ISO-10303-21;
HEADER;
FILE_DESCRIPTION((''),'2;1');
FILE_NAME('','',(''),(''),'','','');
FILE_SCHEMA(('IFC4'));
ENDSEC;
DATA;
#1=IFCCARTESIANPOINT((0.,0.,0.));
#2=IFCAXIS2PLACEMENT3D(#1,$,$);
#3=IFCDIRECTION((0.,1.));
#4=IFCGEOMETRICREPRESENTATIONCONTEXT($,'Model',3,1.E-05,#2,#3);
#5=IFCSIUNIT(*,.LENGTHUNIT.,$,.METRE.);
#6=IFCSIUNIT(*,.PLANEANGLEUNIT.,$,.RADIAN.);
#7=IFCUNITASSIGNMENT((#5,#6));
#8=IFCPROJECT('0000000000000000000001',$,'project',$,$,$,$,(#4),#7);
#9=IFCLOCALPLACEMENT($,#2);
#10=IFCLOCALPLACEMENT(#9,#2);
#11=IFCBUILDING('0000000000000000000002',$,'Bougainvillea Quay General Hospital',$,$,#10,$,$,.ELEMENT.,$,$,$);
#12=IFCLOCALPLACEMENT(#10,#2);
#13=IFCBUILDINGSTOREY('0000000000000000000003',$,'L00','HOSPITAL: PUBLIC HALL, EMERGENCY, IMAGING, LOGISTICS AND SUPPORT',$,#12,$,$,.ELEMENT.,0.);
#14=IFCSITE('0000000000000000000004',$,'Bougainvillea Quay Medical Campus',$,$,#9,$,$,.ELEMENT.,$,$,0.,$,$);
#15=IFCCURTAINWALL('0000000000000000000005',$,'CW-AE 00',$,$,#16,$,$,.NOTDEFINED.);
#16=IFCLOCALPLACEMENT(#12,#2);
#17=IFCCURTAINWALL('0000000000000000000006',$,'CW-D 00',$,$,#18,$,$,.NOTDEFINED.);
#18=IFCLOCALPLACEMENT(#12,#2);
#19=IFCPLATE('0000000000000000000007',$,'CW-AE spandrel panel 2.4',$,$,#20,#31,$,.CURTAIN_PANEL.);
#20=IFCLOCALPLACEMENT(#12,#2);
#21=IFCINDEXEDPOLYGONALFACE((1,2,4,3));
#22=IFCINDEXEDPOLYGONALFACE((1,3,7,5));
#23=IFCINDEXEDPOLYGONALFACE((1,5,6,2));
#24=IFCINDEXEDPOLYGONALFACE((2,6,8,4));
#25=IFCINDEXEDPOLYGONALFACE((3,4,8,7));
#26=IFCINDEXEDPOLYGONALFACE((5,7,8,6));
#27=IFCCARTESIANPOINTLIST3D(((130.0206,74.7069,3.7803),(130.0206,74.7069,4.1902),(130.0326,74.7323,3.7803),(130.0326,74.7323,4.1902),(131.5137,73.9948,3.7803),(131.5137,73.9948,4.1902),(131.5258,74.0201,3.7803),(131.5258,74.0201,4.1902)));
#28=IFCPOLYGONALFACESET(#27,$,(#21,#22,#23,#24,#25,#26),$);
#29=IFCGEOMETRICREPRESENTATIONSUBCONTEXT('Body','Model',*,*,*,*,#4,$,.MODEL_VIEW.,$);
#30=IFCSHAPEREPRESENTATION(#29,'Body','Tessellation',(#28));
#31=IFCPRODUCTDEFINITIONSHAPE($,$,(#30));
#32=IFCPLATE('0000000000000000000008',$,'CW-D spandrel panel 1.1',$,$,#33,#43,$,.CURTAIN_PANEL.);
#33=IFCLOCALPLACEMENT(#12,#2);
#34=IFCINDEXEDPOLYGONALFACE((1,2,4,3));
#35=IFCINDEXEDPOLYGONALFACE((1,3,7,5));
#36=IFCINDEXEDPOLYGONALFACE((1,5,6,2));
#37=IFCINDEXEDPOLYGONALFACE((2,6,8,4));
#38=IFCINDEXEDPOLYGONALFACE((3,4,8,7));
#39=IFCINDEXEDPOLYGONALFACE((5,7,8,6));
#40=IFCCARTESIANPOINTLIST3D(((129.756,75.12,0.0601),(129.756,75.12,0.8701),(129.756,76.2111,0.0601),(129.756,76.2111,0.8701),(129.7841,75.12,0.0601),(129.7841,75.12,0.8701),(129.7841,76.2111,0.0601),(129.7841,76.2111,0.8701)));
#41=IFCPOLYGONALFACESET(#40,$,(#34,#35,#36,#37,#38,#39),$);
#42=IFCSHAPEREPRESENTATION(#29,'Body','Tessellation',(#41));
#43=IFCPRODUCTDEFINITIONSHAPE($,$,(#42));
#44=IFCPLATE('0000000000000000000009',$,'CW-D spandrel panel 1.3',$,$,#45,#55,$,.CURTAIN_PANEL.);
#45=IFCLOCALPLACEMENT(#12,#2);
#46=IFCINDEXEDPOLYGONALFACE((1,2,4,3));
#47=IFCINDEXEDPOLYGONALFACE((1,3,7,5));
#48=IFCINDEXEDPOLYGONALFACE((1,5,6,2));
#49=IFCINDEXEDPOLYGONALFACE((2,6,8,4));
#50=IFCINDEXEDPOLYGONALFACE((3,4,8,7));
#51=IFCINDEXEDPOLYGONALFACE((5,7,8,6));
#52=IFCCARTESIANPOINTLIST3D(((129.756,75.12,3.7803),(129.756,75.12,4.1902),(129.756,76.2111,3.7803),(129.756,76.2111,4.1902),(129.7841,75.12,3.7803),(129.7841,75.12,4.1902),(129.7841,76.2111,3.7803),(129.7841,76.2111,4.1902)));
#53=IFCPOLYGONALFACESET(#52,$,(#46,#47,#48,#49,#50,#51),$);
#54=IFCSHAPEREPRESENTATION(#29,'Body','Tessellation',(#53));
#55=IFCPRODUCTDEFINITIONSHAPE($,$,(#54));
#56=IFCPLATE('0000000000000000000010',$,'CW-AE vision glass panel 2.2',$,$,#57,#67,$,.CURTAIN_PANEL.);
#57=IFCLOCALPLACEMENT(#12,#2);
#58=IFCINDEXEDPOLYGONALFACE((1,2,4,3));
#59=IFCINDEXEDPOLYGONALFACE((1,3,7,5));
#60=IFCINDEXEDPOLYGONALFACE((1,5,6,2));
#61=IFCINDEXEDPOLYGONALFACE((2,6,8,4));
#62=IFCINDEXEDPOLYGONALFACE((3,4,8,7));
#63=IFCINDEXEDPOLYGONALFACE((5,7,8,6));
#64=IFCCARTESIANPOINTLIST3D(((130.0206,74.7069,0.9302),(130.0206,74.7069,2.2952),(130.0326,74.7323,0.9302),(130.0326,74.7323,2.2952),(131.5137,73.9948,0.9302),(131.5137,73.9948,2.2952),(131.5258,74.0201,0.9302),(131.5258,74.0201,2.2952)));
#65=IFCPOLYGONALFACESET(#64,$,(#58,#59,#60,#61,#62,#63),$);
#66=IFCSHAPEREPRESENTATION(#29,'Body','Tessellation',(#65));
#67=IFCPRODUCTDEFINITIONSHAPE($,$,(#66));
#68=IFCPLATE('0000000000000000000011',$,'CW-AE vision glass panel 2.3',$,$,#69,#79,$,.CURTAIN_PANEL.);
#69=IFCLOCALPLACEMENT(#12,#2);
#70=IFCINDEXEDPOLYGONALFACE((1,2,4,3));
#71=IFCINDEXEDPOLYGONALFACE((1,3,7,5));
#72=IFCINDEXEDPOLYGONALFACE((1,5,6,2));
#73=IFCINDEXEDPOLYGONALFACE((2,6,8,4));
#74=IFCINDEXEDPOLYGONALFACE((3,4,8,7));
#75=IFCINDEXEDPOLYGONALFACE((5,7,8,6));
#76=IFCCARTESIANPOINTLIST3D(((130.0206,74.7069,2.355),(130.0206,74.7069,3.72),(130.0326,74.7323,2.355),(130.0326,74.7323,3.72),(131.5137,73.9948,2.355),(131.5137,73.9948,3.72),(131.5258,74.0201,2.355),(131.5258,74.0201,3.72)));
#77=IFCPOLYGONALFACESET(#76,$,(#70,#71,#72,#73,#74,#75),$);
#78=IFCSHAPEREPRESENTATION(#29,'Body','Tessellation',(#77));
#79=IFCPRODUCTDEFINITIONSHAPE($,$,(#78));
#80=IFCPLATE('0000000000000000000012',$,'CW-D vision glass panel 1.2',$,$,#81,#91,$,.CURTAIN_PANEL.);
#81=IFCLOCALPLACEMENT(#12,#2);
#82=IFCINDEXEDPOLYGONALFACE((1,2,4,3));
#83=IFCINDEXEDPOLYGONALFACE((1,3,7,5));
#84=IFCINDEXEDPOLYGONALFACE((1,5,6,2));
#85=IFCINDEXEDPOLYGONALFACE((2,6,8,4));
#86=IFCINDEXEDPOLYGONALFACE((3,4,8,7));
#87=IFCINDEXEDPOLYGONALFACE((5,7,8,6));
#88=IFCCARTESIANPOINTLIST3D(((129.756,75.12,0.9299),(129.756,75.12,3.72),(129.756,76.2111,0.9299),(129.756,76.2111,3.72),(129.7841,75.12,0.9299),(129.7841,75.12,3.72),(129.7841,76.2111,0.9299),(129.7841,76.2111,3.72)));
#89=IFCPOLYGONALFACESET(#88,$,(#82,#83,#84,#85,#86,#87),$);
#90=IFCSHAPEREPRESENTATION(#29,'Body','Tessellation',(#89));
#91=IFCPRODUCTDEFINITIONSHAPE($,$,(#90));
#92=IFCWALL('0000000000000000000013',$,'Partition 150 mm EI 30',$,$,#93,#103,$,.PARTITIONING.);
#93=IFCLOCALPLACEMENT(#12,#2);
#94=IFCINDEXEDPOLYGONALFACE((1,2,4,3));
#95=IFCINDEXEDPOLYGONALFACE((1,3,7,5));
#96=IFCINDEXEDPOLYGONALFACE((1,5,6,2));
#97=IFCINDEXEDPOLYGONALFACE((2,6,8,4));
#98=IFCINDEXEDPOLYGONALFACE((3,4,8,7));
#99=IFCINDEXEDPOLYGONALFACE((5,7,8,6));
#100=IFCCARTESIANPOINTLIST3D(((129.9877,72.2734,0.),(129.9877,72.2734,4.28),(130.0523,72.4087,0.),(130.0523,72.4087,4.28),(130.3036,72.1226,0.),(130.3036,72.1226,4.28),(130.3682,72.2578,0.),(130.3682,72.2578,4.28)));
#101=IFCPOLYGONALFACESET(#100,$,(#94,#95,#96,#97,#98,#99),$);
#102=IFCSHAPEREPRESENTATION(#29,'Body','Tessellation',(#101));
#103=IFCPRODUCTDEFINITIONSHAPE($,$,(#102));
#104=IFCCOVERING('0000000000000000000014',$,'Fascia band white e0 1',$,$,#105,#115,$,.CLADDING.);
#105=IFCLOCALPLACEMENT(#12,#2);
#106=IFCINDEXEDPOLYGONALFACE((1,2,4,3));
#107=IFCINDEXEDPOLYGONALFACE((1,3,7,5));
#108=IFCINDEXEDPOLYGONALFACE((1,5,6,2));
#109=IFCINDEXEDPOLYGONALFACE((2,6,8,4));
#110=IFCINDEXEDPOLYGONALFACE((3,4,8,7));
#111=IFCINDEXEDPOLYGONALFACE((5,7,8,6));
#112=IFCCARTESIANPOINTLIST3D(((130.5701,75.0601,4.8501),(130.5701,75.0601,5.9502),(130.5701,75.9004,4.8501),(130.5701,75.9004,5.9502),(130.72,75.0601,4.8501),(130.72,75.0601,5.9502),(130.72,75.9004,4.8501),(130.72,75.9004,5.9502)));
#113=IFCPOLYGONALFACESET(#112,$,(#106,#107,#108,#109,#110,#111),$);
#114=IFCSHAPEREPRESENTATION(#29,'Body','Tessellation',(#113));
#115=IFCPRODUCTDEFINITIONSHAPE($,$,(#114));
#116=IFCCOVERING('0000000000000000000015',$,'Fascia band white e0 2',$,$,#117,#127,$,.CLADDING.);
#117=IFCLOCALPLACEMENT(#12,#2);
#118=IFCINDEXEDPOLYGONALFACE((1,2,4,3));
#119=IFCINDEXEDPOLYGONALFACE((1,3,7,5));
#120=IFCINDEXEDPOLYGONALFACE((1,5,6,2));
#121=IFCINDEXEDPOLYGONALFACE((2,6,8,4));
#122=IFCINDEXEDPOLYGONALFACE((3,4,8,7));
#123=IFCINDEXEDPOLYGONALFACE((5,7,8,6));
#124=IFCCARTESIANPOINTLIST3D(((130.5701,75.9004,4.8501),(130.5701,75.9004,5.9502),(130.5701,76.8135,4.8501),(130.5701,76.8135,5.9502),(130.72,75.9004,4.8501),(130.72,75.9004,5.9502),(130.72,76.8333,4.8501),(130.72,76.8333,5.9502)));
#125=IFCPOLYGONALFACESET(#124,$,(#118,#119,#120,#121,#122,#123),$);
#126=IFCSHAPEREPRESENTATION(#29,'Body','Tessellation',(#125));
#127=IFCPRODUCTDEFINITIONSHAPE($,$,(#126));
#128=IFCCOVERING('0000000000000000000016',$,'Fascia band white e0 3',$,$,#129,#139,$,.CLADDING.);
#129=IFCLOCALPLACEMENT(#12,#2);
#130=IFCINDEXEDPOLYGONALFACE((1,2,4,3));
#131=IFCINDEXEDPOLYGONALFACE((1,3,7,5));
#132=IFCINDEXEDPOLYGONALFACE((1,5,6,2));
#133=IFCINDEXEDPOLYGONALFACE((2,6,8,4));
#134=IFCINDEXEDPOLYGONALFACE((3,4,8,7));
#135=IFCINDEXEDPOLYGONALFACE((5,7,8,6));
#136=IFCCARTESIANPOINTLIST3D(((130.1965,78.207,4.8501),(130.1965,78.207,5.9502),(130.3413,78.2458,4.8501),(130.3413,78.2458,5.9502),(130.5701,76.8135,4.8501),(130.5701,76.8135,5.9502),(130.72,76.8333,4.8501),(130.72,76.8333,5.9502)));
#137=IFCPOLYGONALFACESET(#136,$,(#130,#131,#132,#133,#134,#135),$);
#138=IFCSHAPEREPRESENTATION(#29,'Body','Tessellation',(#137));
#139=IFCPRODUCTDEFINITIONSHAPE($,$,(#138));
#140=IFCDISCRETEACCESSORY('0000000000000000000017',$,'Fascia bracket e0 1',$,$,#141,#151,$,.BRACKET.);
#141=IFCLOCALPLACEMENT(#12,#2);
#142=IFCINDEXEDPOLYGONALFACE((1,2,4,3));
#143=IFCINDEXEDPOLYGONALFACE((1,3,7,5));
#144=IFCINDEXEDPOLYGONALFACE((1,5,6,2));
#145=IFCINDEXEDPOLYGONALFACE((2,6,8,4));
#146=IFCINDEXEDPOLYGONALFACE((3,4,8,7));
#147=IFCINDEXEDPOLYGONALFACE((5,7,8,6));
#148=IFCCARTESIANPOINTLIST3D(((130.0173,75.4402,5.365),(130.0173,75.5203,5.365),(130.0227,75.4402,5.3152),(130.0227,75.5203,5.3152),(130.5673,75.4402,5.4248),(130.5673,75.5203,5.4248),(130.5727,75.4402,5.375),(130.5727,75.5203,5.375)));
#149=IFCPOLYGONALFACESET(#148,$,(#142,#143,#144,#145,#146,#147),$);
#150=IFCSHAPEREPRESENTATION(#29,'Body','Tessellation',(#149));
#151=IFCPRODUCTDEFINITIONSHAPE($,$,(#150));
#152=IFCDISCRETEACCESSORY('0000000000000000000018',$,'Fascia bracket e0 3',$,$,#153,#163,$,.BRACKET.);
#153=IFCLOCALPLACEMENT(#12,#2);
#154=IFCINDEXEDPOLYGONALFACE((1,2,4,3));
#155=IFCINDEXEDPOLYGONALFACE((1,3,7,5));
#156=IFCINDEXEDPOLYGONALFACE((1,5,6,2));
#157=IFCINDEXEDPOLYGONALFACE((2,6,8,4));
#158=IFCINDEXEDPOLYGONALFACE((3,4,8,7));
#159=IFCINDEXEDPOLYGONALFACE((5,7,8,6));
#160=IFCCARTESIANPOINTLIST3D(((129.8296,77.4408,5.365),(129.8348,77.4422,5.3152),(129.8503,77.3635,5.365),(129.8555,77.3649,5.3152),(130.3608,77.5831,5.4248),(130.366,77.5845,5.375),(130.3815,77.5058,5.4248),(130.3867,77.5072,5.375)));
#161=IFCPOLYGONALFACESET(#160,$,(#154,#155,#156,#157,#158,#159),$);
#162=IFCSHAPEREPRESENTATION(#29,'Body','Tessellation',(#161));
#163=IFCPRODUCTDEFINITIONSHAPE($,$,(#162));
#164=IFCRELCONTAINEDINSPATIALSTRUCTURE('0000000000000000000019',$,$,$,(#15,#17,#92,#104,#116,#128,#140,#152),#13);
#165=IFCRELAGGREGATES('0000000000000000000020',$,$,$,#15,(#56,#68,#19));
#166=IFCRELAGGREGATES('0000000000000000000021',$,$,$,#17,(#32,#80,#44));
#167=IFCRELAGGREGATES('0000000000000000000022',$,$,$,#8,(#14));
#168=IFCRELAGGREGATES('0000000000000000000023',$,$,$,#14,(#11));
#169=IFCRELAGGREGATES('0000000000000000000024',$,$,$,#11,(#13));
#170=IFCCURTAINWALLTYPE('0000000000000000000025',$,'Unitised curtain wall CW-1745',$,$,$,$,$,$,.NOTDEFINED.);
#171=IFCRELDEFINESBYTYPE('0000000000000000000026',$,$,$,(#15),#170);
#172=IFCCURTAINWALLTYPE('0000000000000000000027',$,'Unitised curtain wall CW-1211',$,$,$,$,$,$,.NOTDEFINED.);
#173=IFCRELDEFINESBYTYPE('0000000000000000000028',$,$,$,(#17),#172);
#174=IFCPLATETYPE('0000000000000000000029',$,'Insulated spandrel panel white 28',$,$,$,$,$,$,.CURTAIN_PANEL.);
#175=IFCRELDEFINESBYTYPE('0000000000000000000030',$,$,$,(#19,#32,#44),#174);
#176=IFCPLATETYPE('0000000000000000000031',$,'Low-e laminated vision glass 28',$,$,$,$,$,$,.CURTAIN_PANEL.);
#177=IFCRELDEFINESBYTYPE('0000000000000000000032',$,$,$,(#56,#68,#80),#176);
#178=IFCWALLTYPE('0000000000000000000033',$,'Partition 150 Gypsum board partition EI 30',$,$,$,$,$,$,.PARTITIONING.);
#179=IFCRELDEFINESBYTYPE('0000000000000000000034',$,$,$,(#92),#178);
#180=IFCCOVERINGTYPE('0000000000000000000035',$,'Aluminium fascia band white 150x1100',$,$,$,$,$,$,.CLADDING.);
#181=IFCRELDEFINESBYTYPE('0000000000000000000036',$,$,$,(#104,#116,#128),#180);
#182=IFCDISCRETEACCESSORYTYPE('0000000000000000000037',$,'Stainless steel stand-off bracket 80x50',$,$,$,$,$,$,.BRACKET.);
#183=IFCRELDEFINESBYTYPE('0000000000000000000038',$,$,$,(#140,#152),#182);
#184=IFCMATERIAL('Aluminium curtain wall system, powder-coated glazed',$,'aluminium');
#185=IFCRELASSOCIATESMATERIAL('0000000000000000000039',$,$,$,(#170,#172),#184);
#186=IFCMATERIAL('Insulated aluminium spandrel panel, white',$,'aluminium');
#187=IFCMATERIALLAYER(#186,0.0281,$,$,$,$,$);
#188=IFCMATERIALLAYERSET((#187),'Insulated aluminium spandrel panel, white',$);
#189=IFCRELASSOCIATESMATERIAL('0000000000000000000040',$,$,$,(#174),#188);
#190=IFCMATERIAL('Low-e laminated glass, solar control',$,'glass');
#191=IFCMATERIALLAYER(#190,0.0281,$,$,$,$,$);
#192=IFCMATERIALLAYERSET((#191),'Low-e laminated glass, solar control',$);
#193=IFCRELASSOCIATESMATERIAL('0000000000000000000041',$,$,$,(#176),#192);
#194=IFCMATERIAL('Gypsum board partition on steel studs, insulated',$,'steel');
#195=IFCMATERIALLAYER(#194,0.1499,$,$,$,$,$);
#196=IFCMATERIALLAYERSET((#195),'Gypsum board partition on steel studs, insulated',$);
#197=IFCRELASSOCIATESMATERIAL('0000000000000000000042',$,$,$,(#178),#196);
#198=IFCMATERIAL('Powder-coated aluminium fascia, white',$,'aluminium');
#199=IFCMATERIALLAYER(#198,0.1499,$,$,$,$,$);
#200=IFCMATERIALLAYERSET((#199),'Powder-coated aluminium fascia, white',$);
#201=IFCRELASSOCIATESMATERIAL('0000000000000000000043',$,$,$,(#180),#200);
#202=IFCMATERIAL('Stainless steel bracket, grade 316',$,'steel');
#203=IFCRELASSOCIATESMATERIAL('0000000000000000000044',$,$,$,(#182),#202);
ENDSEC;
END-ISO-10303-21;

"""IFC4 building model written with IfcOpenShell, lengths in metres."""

from ifc_helpers import new_model, si_unit, direction, frame, frame_2d, origin, origin_2d, place, context, subcontext, project, spatial, polyline, rectangle, outline, extrude, material, layer, layer_set, material_profile, profile_set, type_object, element, aggregate, save


model = new_model("IFC4")

# Units and contexts
model_context = context("Model", 3, precision=1e-05, world=origin(), true_north=direction((0.0, 1.0)))
body_context = subcontext(model_context, "Body", "Model", "MODEL_VIEW")
ifc_project = project(units=[si_unit("LENGTHUNIT", "METRE"), si_unit("PLANEANGLEUNIT", "RADIAN")], contexts=[model_context])

# Site, building, storey
site_placement = place(None, origin())
site = spatial("IfcSite", under=ifc_project, at=site_placement, Name="Bougainvillea Quay Medical Campus", CompositionType="ELEMENT", RefElevation=0.0)
building_placement = place(site_placement, origin())
building = spatial("IfcBuilding", under=site, at=building_placement, Name="Bougainvillea Quay General Hospital", CompositionType="ELEMENT")
storey_placement = place(building_placement, origin())
storey = spatial("IfcBuildingStorey", under=building, at=storey_placement, Name="L00", Description="HOSPITAL: PUBLIC HALL, EMERGENCY, IMAGING, LOGISTICS AND SUPPORT", CompositionType="ELEMENT", Elevation=0.0)

# Curtain walls
ifc_material_1 = material(Name="Aluminium curtain wall system, powder-coated glazed", Category="aluminium")
curtain_wall_type_1 = type_object("IfcCurtainWallType", Name="Unitised curtain wall CW-1745", PredefinedType="NOTDEFINED", material=ifc_material_1)
curtain_wall_1_placement = place(storey_placement, origin())
curtain_wall_1 = element("IfcCurtainWall", 1, at=curtain_wall_1_placement, inside=storey, type_object=curtain_wall_type_1, Name="CW-AE 00", PredefinedType="NOTDEFINED")
curtain_wall_type_2 = type_object("IfcCurtainWallType", Name="Unitised curtain wall CW-1211", PredefinedType="NOTDEFINED", material=ifc_material_1)
curtain_wall_2_placement = place(storey_placement, origin())
curtain_wall_2 = element("IfcCurtainWall", 2, at=curtain_wall_2_placement, inside=storey, type_object=curtain_wall_type_2, Name="CW-D 00", PredefinedType="NOTDEFINED")

# Plates
ifc_material_2 = material(Name="Insulated aluminium spandrel panel, white", Category="aluminium")
ifc_layer_1 = layer(ifc_material_2, 0.0281)
ifc_layer_set_1 = layer_set([ifc_layer_1], Name="Insulated aluminium spandrel panel, white")
plate_type_1 = type_object("IfcPlateType", Name="Insulated spandrel panel white 28", PredefinedType="CURTAIN_PANEL", material=ifc_layer_set_1)
plate_1_placement = place(storey_placement, frame((130.7732, 74.3635, 3.7803), z_axis=(0.0, 0.0, 1.0), x_axis=(-0.902608, 0.430463, 0.0)))
plate_1 = element("IfcPlate", 3, at=plate_1_placement, type_object=plate_type_1, Name="CW-AE spandrel panel 2.4", PredefinedType="CURTAIN_PANEL", context=body_context, shape_type="SweptSolid", body=[
    extrude(rectangle(XDim=1.6543, YDim=0.0281, at=origin_2d()), origin(), (0.0, 0.0, 1.0), 0.4099),
])
plate_2_placement = place(storey_placement, frame((129.77, 75.6655, 0.0601), z_axis=(0.0, 0.0, 1.0), x_axis=(0.0, 1.0, 0.0)))
plate_2 = element("IfcPlate", 4, at=plate_2_placement, type_object=plate_type_1, Name="CW-D spandrel panel 1.1", PredefinedType="CURTAIN_PANEL", context=body_context, shape_type="SweptSolid", body=[
    extrude(rectangle(XDim=1.0911, YDim=0.0281, at=origin_2d()), origin(), (0.0, 0.0, 1.0), 0.8101),
])
plate_3_placement = place(storey_placement, frame((129.77, 75.6655, 3.7803), z_axis=(0.0, 0.0, 1.0), x_axis=(0.0, 1.0, 0.0)))
plate_3 = element("IfcPlate", 5, at=plate_3_placement, type_object=plate_type_1, Name="CW-D spandrel panel 1.3", PredefinedType="CURTAIN_PANEL", context=body_context, shape_type="SweptSolid", body=[
    extrude(rectangle(XDim=1.0911, YDim=0.0281, at=origin_2d()), origin(), (0.0, 0.0, 1.0), 0.4099),
])
ifc_material_3 = material(Name="Low-e laminated glass, solar control", Category="glass")
ifc_layer_2 = layer(ifc_material_3, 0.0281)
ifc_layer_set_2 = layer_set([ifc_layer_2], Name="Low-e laminated glass, solar control")
plate_type_2 = type_object("IfcPlateType", Name="Low-e laminated vision glass 28", PredefinedType="CURTAIN_PANEL", material=ifc_layer_set_2)
plate_4_placement = place(storey_placement, frame((130.7732, 74.3635, 0.9302), z_axis=(0.0, 0.0, 1.0), x_axis=(-0.902608, 0.430463, 0.0)))
plate_4 = element("IfcPlate", 6, at=plate_4_placement, type_object=plate_type_2, Name="CW-AE vision glass panel 2.2", PredefinedType="CURTAIN_PANEL", context=body_context, shape_type="SweptSolid", body=[
    extrude(rectangle(XDim=1.6543, YDim=0.0281, at=origin_2d()), origin(), (0.0, 0.0, 1.0), 1.365),
])
plate_5_placement = place(storey_placement, frame((130.7732, 74.3635, 2.355), z_axis=(0.0, 0.0, 1.0), x_axis=(-0.902608, 0.430463, 0.0)))
plate_5 = element("IfcPlate", 7, at=plate_5_placement, type_object=plate_type_2, Name="CW-AE vision glass panel 2.3", PredefinedType="CURTAIN_PANEL", context=body_context, shape_type="SweptSolid", body=[
    extrude(rectangle(XDim=1.6543, YDim=0.0281, at=origin_2d()), origin(), (0.0, 0.0, 1.0), 1.365),
])
aggregate(curtain_wall_1, [plate_4, plate_5, plate_1])
plate_6_placement = place(storey_placement, frame((129.77, 75.6655, 0.9299), z_axis=(0.0, 0.0, 1.0), x_axis=(0.0, 1.0, 0.0)))
plate_6 = element("IfcPlate", 8, at=plate_6_placement, type_object=plate_type_2, Name="CW-D vision glass panel 1.2", PredefinedType="CURTAIN_PANEL", context=body_context, shape_type="SweptSolid", body=[
    extrude(rectangle(XDim=1.0911, YDim=0.0281, at=origin_2d()), origin(), (0.0, 0.0, 1.0), 2.79),
])
aggregate(curtain_wall_2, [plate_2, plate_6, plate_3])

# Wall
ifc_material_4 = material(Name="Gypsum board partition on steel studs, insulated", Category="steel")
ifc_layer_3 = layer(ifc_material_4, 0.1499)
ifc_layer_set_3 = layer_set([ifc_layer_3], Name="Gypsum board partition on steel studs, insulated")
wall_type = type_object("IfcWallType", Name="Partition 150 Gypsum board partition EI 30", PredefinedType="PARTITIONING", material=ifc_layer_set_3)
wall_placement = place(storey_placement, frame((130.02, 72.3411, 0.0), z_axis=(0.0, 0.0, 1.0), x_axis=(0.90237, -0.430962, 0.0)))
element("IfcWall", 9, at=wall_placement, inside=storey, type_object=wall_type, Name="Partition 150 mm EI 30", PredefinedType="PARTITIONING", context=body_context, shape_type="SweptSolid", body=[
    extrude(rectangle(XDim=0.3501, YDim=0.1499, at=frame_2d((0.175, 0.0))), origin(), (0.0, 0.0, 1.0), 4.28),
])

# Coverings
ifc_material_5 = material(Name="Powder-coated aluminium fascia, white", Category="aluminium")
ifc_layer_4 = layer(ifc_material_5, 0.1499)
ifc_layer_set_4 = layer_set([ifc_layer_4], Name="Powder-coated aluminium fascia, white")
covering_type = type_object("IfcCoveringType", Name="Aluminium fascia band white 150x1100", PredefinedType="CLADDING", material=ifc_layer_set_4)
covering_1_placement = place(storey_placement, frame((130.5701, 75.0601, 4.8501), z_axis=(0.0, 0.0, 1.0), x_axis=(0.0, 1.0, 0.0)))
element("IfcCovering", 10, at=covering_1_placement, inside=storey, type_object=covering_type, Name="Fascia band white e0 1", PredefinedType="CLADDING", context=body_context, shape_type="SweptSolid", body=[
    extrude(outline(polyline([(0.0, 0.0), (0.8403, 0.0), (0.8403, -0.1499), (0.0, -0.1499), (0.0, 0.0)])), origin(), (0.0, 0.0, 1.0), 1.1001),
])
covering_2_placement = place(storey_placement, frame((130.5701, 75.9004, 4.8501), z_axis=(0.0, 0.0, 1.0), x_axis=(0.0, 1.0, 0.0)))
element("IfcCovering", 11, at=covering_2_placement, inside=storey, type_object=covering_type, Name="Fascia band white e0 2", PredefinedType="CLADDING", context=body_context, shape_type="SweptSolid", body=[
    extrude(outline(polyline([(0.0, 0.0), (0.9131, 0.0), (0.9329, -0.1499), (0.0, -0.1499), (0.0, 0.0)])), origin(), (0.0, 0.0, 1.0), 1.1001),
])
covering_3_placement = place(storey_placement, frame((130.5701, 76.8135, 4.8501), z_axis=(0.0, 0.0, 1.0), x_axis=(-0.258905, 0.965903, 0.0)))
element("IfcCovering", 12, at=covering_3_placement, inside=storey, type_object=covering_type, Name="Fascia band white e0 3", PredefinedType="CLADDING", context=body_context, shape_type="SweptSolid", body=[
    extrude(outline(polyline([(0.0, 0.0), (1.4427, 0.0), (1.4428, -0.1499), (-0.0197, -0.1499), (0.0, 0.0)])), origin(), (0.0, 0.0, 1.0), 1.1001),
])

# Discrete accessories
ifc_material_6 = material(Name="Stainless steel bracket, grade 316", Category="steel")
ifc_material_profile_1 = material_profile(ifc_material_6, rectangle(XDim=0.0801, YDim=0.05, at=origin_2d()))
ifc_profile_set_1 = profile_set([ifc_material_profile_1], Name="Stainless steel bracket, grade 316")
discrete_accessory_type = type_object("IfcDiscreteAccessoryType", Name="Stainless steel stand-off bracket 80x50", PredefinedType="BRACKET", material=ifc_profile_set_1)
for number, where, z_axis, x_axis, name in (
    (13, (130.02, 75.4802, 5.3401), (0.994139, 0.0, 0.108107), (0.0, 1.0, 0.0), "Fascia bracket e0 1"),
    (14, (129.8425, 77.4028, 5.3401), (0.96027, 0.257278, 0.108119), (-0.258795, 0.965932, 0.0), "Fascia bracket e0 3"),
):
    element("IfcDiscreteAccessory", number, at=place(storey_placement, frame(where, z_axis=z_axis, x_axis=x_axis)), inside=storey, type_object=discrete_accessory_type, Name=name, PredefinedType="BRACKET", context=body_context, shape_type="SweptSolid", body=[
        extrude(rectangle(XDim=0.0801, YDim=0.05, at=origin_2d()), origin(), (0.0, 0.0, 1.0), 0.5532),
    ])

save(model, "model.ifc")
